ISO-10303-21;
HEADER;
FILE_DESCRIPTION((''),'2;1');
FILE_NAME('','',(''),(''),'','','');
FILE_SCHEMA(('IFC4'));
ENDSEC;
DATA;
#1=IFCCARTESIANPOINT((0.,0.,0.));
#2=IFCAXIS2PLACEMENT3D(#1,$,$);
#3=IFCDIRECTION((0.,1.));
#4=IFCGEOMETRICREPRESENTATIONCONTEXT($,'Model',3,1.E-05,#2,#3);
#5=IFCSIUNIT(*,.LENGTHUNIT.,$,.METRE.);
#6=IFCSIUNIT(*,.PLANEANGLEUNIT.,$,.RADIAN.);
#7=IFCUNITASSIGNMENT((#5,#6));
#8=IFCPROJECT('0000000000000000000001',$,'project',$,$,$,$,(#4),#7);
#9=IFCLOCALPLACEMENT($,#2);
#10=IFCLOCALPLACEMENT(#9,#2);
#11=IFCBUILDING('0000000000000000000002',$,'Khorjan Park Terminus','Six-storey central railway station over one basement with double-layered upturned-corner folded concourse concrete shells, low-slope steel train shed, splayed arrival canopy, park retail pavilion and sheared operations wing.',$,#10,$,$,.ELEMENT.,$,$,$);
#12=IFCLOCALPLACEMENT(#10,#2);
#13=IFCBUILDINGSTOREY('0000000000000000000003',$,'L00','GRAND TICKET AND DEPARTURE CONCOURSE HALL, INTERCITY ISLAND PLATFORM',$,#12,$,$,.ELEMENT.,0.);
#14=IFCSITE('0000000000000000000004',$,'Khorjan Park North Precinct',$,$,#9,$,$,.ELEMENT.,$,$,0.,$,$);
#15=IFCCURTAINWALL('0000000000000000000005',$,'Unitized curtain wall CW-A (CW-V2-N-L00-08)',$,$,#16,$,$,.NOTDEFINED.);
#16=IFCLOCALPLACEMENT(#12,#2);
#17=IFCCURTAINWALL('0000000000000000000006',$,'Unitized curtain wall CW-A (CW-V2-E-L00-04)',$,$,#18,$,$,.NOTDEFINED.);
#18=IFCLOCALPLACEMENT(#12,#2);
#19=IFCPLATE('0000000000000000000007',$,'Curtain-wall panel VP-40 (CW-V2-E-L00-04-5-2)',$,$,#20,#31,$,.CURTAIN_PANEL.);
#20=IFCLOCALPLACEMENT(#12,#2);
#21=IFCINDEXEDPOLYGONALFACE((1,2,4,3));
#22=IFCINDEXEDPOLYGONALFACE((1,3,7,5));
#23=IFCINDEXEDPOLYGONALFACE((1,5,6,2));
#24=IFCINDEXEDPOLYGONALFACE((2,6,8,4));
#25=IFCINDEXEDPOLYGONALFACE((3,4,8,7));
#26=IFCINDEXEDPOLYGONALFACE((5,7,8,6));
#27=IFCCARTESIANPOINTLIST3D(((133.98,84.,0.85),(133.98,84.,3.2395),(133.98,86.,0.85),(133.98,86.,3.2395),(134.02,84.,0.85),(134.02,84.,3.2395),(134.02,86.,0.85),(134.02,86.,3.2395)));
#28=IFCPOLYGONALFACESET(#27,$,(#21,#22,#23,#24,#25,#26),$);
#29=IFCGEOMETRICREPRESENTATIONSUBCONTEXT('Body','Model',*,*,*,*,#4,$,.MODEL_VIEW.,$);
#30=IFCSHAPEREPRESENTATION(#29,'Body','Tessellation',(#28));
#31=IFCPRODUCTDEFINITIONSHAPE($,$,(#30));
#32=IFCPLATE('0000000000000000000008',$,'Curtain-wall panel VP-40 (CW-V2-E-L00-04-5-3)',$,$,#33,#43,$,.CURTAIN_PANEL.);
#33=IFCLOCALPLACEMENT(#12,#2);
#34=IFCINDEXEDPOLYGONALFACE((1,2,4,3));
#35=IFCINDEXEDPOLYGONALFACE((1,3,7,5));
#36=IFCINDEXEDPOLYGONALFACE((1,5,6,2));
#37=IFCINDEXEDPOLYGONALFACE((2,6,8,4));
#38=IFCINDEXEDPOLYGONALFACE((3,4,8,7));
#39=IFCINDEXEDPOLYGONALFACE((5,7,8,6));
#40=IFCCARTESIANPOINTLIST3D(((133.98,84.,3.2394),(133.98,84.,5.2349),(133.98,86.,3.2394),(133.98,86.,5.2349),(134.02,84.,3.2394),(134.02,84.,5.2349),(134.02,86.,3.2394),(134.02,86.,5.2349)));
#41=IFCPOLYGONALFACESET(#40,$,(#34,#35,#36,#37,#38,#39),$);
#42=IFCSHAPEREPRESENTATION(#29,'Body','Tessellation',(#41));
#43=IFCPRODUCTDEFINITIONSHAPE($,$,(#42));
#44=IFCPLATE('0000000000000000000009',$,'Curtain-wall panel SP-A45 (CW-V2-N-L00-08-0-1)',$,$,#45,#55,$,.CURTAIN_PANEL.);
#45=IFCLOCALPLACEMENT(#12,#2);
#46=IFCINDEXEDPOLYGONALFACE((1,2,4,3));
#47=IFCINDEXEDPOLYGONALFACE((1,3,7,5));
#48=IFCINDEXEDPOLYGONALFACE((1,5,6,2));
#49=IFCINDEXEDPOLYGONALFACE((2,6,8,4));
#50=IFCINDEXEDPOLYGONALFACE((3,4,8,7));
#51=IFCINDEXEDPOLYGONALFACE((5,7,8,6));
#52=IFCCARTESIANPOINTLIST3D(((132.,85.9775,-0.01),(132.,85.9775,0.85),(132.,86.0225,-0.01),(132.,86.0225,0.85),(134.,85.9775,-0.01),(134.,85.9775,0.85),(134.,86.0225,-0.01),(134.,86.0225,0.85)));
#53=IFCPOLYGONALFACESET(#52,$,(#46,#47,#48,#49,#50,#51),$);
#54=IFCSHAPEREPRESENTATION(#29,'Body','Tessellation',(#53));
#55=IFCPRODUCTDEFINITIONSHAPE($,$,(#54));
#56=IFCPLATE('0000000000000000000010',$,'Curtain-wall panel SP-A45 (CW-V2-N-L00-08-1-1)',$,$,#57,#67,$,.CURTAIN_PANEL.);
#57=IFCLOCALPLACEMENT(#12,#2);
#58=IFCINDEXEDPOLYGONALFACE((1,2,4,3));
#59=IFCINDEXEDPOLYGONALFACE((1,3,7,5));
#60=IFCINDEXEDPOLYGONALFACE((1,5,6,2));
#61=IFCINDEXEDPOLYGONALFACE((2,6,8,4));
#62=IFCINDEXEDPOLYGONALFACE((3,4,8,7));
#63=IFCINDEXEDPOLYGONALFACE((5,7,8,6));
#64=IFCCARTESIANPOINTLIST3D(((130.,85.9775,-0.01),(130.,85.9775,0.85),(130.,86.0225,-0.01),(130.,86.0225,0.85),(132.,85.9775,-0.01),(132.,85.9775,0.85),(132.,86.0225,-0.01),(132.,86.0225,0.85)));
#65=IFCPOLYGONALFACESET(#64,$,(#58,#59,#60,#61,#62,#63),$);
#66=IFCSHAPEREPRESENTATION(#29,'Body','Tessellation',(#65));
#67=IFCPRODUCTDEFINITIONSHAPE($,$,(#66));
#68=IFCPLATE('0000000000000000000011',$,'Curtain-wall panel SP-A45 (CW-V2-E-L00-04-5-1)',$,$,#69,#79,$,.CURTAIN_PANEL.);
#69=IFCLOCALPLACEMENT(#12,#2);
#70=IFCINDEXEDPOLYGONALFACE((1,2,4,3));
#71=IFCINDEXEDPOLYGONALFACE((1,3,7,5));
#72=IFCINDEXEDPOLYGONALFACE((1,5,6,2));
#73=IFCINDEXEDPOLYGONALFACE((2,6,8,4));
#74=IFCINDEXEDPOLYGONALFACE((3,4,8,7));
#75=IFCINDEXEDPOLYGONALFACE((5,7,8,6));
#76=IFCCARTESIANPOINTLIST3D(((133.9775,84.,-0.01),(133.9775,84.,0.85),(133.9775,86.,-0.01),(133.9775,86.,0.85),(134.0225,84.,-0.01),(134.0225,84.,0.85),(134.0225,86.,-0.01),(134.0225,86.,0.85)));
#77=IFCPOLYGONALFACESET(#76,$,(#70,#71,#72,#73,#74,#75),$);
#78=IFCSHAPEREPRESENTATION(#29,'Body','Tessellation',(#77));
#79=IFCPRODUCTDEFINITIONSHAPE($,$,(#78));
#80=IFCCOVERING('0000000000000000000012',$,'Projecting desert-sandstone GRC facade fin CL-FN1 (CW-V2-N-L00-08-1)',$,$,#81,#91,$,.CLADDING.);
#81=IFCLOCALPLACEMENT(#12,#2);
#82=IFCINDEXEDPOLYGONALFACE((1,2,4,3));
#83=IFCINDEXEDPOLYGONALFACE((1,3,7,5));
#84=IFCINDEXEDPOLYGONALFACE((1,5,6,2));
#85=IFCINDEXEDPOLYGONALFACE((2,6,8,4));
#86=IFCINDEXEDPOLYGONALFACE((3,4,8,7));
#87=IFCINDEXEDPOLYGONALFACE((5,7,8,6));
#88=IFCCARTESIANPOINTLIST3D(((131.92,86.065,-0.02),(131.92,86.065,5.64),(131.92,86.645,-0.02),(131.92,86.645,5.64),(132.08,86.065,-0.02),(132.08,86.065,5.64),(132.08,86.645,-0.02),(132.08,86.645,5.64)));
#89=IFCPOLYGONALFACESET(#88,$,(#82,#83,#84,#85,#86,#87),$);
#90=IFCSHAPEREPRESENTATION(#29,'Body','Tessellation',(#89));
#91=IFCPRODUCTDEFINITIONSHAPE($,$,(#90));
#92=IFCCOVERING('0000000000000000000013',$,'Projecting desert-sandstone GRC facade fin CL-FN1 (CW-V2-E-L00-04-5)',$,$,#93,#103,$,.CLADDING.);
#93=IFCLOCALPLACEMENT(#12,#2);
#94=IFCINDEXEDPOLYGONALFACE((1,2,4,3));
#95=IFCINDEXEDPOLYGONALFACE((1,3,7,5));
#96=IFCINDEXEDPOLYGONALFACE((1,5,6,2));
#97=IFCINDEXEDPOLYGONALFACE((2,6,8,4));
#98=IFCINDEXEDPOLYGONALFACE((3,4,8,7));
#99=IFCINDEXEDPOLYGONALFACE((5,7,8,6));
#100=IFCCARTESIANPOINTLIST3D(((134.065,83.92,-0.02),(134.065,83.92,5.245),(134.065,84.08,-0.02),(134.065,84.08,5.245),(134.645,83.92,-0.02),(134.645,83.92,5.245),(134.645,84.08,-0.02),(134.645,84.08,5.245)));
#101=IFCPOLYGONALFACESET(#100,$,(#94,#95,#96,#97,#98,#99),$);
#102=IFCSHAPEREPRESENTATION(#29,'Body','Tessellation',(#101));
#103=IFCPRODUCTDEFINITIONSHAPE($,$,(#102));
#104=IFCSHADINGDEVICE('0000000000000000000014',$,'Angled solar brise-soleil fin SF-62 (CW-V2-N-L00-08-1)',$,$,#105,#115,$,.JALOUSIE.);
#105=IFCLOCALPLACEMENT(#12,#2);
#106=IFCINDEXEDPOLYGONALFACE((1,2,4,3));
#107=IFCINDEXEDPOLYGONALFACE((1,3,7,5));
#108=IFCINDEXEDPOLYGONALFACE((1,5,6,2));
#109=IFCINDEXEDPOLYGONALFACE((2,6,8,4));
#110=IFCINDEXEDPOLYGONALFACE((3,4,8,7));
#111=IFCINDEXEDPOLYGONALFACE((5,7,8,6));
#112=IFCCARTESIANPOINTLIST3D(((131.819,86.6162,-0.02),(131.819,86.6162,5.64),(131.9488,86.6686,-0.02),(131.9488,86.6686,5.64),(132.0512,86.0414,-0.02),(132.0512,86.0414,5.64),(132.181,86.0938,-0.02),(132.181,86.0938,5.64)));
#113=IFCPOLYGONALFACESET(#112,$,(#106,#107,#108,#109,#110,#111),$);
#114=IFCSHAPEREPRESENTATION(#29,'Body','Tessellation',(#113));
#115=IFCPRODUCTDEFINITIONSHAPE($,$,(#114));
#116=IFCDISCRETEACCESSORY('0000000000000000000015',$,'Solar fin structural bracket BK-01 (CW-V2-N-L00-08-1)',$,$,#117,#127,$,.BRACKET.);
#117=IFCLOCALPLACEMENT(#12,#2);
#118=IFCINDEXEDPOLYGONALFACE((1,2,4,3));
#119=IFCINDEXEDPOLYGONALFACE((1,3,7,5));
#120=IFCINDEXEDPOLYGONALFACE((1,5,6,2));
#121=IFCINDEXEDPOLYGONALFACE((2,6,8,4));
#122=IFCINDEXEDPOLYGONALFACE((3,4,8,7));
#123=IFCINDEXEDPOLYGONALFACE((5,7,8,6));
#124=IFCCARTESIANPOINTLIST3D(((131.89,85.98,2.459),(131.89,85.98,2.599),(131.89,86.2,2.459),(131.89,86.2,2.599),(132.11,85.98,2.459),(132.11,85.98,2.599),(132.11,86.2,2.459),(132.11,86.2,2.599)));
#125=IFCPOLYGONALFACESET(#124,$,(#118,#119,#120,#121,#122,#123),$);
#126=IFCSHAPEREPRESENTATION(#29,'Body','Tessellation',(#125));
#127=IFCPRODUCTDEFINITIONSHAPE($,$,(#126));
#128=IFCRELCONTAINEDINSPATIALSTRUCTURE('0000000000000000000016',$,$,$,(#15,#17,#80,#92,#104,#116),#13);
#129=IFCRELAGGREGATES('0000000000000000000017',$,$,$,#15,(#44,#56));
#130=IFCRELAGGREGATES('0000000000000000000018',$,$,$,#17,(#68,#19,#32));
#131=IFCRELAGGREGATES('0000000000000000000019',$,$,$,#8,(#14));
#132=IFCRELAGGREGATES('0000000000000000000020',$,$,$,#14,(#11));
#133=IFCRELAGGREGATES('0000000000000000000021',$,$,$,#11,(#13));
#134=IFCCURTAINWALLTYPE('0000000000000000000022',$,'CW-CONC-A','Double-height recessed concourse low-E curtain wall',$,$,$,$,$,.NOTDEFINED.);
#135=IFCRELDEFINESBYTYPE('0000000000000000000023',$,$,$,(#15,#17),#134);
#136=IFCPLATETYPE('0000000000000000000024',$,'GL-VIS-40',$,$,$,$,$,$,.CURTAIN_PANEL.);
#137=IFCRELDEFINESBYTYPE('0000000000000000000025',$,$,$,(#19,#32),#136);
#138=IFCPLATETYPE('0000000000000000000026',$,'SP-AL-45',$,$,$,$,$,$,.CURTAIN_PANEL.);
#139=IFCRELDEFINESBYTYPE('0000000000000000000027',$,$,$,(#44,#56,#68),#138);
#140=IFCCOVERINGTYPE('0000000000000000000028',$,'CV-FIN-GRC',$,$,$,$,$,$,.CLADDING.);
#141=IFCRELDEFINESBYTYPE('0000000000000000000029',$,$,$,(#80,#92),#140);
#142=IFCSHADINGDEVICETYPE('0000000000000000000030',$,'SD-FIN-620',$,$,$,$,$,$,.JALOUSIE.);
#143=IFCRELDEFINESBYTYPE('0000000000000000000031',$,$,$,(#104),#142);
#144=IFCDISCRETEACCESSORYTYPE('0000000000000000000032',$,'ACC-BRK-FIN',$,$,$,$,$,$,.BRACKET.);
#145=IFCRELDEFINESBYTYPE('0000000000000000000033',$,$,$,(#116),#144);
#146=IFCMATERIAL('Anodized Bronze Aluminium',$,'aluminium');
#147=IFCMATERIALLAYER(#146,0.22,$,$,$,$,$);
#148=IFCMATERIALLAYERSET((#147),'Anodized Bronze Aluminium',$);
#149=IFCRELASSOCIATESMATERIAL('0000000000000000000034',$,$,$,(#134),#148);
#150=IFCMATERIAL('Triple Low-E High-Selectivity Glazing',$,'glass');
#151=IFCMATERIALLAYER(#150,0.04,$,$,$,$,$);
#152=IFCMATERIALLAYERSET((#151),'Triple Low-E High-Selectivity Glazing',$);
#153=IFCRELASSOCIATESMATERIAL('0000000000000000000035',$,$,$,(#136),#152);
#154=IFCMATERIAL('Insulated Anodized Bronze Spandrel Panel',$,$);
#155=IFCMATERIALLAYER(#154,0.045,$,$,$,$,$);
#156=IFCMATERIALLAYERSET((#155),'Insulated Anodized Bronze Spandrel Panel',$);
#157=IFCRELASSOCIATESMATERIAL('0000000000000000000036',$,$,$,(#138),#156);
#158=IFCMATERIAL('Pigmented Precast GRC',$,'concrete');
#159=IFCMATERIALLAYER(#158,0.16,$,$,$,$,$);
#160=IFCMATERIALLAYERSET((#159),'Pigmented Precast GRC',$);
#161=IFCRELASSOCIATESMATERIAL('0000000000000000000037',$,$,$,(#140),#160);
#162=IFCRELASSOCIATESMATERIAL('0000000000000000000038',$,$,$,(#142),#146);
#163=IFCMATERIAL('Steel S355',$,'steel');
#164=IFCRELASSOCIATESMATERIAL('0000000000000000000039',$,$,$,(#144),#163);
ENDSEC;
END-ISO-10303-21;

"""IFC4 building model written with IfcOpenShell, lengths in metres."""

from ifc_helpers import new_model, si_unit, direction, frame, origin, origin_2d, place, context, subcontext, project, spatial, rectangle, extrude, material, layer, layer_set, type_object, element, aggregate, save


model = new_model("IFC4")

# Units and contexts
model_context = context("Model", 3, precision=1e-05, world=origin(), true_north=direction((0.0, 1.0)))
body_context = subcontext(model_context, "Body", "Model", "MODEL_VIEW")
ifc_project = project(units=[si_unit("LENGTHUNIT", "METRE"), si_unit("PLANEANGLEUNIT", "RADIAN")], contexts=[model_context])

# Site, building, storey
site_placement = place(None, origin())
site = spatial("IfcSite", under=ifc_project, at=site_placement, Name="Khorjan Park North Precinct", CompositionType="ELEMENT", RefElevation=0.0)
building_placement = place(site_placement, origin())
building = spatial("IfcBuilding", under=site, at=building_placement, Name="Khorjan Park Terminus", Description="Six-storey central railway station over one basement with double-layered upturned-corner folded concourse concrete shells, low-slope steel train shed, splayed arrival canopy, park retail pavilion and sheared operations wing.", CompositionType="ELEMENT")
storey_placement = place(building_placement, origin())
storey = spatial("IfcBuildingStorey", under=building, at=storey_placement, Name="L00", Description="GRAND TICKET AND DEPARTURE CONCOURSE HALL, INTERCITY ISLAND PLATFORM", CompositionType="ELEMENT", Elevation=0.0)

# Curtain wall
ifc_material_1 = material(Name="Anodized Bronze Aluminium", Category="aluminium")
ifc_layer_1 = layer(ifc_material_1, 0.22)
ifc_layer_set_1 = layer_set([ifc_layer_1], Name="Anodized Bronze Aluminium")
curtain_wall_type = type_object("IfcCurtainWallType", Name="CW-CONC-A", Description="Double-height recessed concourse low-E curtain wall", PredefinedType="NOTDEFINED", material=ifc_layer_set_1)
curtain_wall_1_placement = place(storey_placement, origin())
curtain_wall_1 = element("IfcCurtainWall", 1, at=curtain_wall_1_placement, inside=storey, type_object=curtain_wall_type, Name="Unitized curtain wall CW-A (CW-V2-N-L00-08)", PredefinedType="NOTDEFINED")
ifc_material_2 = material(Name="Triple Low-E High-Selectivity Glazing", Category="glass")
ifc_layer_2 = layer(ifc_material_2, 0.04)
ifc_layer_set_2 = layer_set([ifc_layer_2], Name="Triple Low-E High-Selectivity Glazing")
plate_type_1 = type_object("IfcPlateType", Name="GL-VIS-40", PredefinedType="CURTAIN_PANEL", material=ifc_layer_set_2)

# Curtain wall, plates
curtain_wall_2_placement = place(storey_placement, origin())
curtain_wall_2 = element("IfcCurtainWall", 2, at=curtain_wall_2_placement, inside=storey, type_object=curtain_wall_type, Name="Unitized curtain wall CW-A (CW-V2-E-L00-04)", PredefinedType="NOTDEFINED")
plate_1_placement = place(storey_placement, frame((134.0, 85.0, 0.85), z_axis=(0.0, 0.0, 1.0), x_axis=(0.0, 1.0, 0.0)))
plate_1 = element("IfcPlate", 3, at=plate_1_placement, type_object=plate_type_1, Name="Curtain-wall panel VP-40 (CW-V2-E-L00-04-5-2)", PredefinedType="CURTAIN_PANEL", context=body_context, shape_type="SweptSolid", body=[
    extrude(rectangle(XDim=2.0, YDim=0.04, at=origin_2d()), origin(), (0.0, 0.0, 1.0), 2.3895),
])
plate_2_placement = place(storey_placement, frame((134.0, 85.0, 3.2394), z_axis=(0.0, 0.0, 1.0), x_axis=(0.0, 1.0, 0.0)))
plate_2 = element("IfcPlate", 4, at=plate_2_placement, type_object=plate_type_1, Name="Curtain-wall panel VP-40 (CW-V2-E-L00-04-5-3)", PredefinedType="CURTAIN_PANEL", context=body_context, shape_type="SweptSolid", body=[
    extrude(rectangle(XDim=2.0, YDim=0.04, at=origin_2d()), origin(), (0.0, 0.0, 1.0), 1.9955),
])

# Plates
ifc_material_3 = material(Name="Insulated Anodized Bronze Spandrel Panel")
ifc_layer_3 = layer(ifc_material_3, 0.045)
ifc_layer_set_3 = layer_set([ifc_layer_3], Name="Insulated Anodized Bronze Spandrel Panel")
plate_type_2 = type_object("IfcPlateType", Name="SP-AL-45", PredefinedType="CURTAIN_PANEL", material=ifc_layer_set_3)
plate_3_placement = place(storey_placement, frame((133.0, 86.0, -0.01), z_axis=(0.0, 0.0, 1.0), x_axis=(-1.0, 0.0, 0.0)))
plate_3 = element("IfcPlate", 5, at=plate_3_placement, type_object=plate_type_2, Name="Curtain-wall panel SP-A45 (CW-V2-N-L00-08-0-1)", PredefinedType="CURTAIN_PANEL", context=body_context, shape_type="SweptSolid", body=[
    extrude(rectangle(XDim=2.0, YDim=0.045, at=origin_2d()), origin(), (0.0, 0.0, 1.0), 0.86),
])
plate_4_placement = place(storey_placement, frame((131.0, 86.0, -0.01), z_axis=(0.0, 0.0, 1.0), x_axis=(-1.0, 0.0, 0.0)))
plate_4 = element("IfcPlate", 6, at=plate_4_placement, type_object=plate_type_2, Name="Curtain-wall panel SP-A45 (CW-V2-N-L00-08-1-1)", PredefinedType="CURTAIN_PANEL", context=body_context, shape_type="SweptSolid", body=[
    extrude(rectangle(XDim=2.0, YDim=0.045, at=origin_2d()), origin(), (0.0, 0.0, 1.0), 0.86),
])
aggregate(curtain_wall_1, [plate_3, plate_4])
plate_5_placement = place(storey_placement, frame((134.0, 85.0, -0.01), z_axis=(0.0, 0.0, 1.0), x_axis=(0.0, 1.0, 0.0)))
plate_5 = element("IfcPlate", 7, at=plate_5_placement, type_object=plate_type_2, Name="Curtain-wall panel SP-A45 (CW-V2-E-L00-04-5-1)", PredefinedType="CURTAIN_PANEL", context=body_context, shape_type="SweptSolid", body=[
    extrude(rectangle(XDim=2.0, YDim=0.045, at=origin_2d()), origin(), (0.0, 0.0, 1.0), 0.86),
])
aggregate(curtain_wall_2, [plate_5, plate_1, plate_2])

# Coverings
ifc_material_4 = material(Name="Pigmented Precast GRC", Category="concrete")
ifc_layer_4 = layer(ifc_material_4, 0.16)
ifc_layer_set_4 = layer_set([ifc_layer_4], Name="Pigmented Precast GRC")
covering_type = type_object("IfcCoveringType", Name="CV-FIN-GRC", PredefinedType="CLADDING", material=ifc_layer_set_4)
covering_1_placement = place(storey_placement, frame((132.0, 86.355, -0.02), z_axis=(0.0, 0.0, 1.0), x_axis=(0.0, -1.0, 0.0)))
element("IfcCovering", 8, at=covering_1_placement, inside=storey, type_object=covering_type, Name="Projecting desert-sandstone GRC facade fin CL-FN1 (CW-V2-N-L00-08-1)", PredefinedType="CLADDING", context=body_context, shape_type="SweptSolid", body=[
    extrude(rectangle(XDim=0.58, YDim=0.16, at=origin_2d()), origin(), (0.0, 0.0, 1.0), 5.66),
])
covering_2_placement = place(storey_placement, frame((134.355, 84.0, -0.02), z_axis=(0.0, 0.0, 1.0), x_axis=(-1.0, 0.0, 0.0)))
element("IfcCovering", 9, at=covering_2_placement, inside=storey, type_object=covering_type, Name="Projecting desert-sandstone GRC facade fin CL-FN1 (CW-V2-E-L00-04-5)", PredefinedType="CLADDING", context=body_context, shape_type="SweptSolid", body=[
    extrude(rectangle(XDim=0.58, YDim=0.16, at=origin_2d()), origin(), (0.0, 0.0, 1.0), 5.265),
])

# Shading device
shading_device_type = type_object("IfcShadingDeviceType", Name="SD-FIN-620", PredefinedType="JALOUSIE", material=ifc_material_1)
shading_device_placement = place(storey_placement, frame((132.0, 86.355, -0.02), z_axis=(0.0, 0.0, 1.0), x_axis=(0.374607, -0.927184, 0.0)))
element("IfcShadingDevice", 10, at=shading_device_placement, inside=storey, type_object=shading_device_type, Name="Angled solar brise-soleil fin SF-62 (CW-V2-N-L00-08-1)", PredefinedType="JALOUSIE", context=body_context, shape_type="SweptSolid", body=[
    extrude(rectangle(XDim=0.62, YDim=0.14, at=origin_2d()), origin(), (0.0, 0.0, 1.0), 5.66),
])

# Discrete accessory
ifc_material_5 = material(Name="Steel S355", Category="steel")
discrete_accessory_type = type_object("IfcDiscreteAccessoryType", Name="ACC-BRK-FIN", PredefinedType="BRACKET", material=ifc_material_5)
discrete_accessory_placement = place(storey_placement, frame((132.0, 86.09, 2.459), z_axis=(0.0, 0.0, 1.0), x_axis=(-1.0, 0.0, 0.0)))
element("IfcDiscreteAccessory", 11, at=discrete_accessory_placement, inside=storey, type_object=discrete_accessory_type, Name="Solar fin structural bracket BK-01 (CW-V2-N-L00-08-1)", PredefinedType="BRACKET", context=body_context, shape_type="SweptSolid", body=[
    extrude(rectangle(XDim=0.22, YDim=0.22, at=origin_2d()), origin(), (0.0, 0.0, 1.0), 0.14),
])

save(model, "model.ifc")
